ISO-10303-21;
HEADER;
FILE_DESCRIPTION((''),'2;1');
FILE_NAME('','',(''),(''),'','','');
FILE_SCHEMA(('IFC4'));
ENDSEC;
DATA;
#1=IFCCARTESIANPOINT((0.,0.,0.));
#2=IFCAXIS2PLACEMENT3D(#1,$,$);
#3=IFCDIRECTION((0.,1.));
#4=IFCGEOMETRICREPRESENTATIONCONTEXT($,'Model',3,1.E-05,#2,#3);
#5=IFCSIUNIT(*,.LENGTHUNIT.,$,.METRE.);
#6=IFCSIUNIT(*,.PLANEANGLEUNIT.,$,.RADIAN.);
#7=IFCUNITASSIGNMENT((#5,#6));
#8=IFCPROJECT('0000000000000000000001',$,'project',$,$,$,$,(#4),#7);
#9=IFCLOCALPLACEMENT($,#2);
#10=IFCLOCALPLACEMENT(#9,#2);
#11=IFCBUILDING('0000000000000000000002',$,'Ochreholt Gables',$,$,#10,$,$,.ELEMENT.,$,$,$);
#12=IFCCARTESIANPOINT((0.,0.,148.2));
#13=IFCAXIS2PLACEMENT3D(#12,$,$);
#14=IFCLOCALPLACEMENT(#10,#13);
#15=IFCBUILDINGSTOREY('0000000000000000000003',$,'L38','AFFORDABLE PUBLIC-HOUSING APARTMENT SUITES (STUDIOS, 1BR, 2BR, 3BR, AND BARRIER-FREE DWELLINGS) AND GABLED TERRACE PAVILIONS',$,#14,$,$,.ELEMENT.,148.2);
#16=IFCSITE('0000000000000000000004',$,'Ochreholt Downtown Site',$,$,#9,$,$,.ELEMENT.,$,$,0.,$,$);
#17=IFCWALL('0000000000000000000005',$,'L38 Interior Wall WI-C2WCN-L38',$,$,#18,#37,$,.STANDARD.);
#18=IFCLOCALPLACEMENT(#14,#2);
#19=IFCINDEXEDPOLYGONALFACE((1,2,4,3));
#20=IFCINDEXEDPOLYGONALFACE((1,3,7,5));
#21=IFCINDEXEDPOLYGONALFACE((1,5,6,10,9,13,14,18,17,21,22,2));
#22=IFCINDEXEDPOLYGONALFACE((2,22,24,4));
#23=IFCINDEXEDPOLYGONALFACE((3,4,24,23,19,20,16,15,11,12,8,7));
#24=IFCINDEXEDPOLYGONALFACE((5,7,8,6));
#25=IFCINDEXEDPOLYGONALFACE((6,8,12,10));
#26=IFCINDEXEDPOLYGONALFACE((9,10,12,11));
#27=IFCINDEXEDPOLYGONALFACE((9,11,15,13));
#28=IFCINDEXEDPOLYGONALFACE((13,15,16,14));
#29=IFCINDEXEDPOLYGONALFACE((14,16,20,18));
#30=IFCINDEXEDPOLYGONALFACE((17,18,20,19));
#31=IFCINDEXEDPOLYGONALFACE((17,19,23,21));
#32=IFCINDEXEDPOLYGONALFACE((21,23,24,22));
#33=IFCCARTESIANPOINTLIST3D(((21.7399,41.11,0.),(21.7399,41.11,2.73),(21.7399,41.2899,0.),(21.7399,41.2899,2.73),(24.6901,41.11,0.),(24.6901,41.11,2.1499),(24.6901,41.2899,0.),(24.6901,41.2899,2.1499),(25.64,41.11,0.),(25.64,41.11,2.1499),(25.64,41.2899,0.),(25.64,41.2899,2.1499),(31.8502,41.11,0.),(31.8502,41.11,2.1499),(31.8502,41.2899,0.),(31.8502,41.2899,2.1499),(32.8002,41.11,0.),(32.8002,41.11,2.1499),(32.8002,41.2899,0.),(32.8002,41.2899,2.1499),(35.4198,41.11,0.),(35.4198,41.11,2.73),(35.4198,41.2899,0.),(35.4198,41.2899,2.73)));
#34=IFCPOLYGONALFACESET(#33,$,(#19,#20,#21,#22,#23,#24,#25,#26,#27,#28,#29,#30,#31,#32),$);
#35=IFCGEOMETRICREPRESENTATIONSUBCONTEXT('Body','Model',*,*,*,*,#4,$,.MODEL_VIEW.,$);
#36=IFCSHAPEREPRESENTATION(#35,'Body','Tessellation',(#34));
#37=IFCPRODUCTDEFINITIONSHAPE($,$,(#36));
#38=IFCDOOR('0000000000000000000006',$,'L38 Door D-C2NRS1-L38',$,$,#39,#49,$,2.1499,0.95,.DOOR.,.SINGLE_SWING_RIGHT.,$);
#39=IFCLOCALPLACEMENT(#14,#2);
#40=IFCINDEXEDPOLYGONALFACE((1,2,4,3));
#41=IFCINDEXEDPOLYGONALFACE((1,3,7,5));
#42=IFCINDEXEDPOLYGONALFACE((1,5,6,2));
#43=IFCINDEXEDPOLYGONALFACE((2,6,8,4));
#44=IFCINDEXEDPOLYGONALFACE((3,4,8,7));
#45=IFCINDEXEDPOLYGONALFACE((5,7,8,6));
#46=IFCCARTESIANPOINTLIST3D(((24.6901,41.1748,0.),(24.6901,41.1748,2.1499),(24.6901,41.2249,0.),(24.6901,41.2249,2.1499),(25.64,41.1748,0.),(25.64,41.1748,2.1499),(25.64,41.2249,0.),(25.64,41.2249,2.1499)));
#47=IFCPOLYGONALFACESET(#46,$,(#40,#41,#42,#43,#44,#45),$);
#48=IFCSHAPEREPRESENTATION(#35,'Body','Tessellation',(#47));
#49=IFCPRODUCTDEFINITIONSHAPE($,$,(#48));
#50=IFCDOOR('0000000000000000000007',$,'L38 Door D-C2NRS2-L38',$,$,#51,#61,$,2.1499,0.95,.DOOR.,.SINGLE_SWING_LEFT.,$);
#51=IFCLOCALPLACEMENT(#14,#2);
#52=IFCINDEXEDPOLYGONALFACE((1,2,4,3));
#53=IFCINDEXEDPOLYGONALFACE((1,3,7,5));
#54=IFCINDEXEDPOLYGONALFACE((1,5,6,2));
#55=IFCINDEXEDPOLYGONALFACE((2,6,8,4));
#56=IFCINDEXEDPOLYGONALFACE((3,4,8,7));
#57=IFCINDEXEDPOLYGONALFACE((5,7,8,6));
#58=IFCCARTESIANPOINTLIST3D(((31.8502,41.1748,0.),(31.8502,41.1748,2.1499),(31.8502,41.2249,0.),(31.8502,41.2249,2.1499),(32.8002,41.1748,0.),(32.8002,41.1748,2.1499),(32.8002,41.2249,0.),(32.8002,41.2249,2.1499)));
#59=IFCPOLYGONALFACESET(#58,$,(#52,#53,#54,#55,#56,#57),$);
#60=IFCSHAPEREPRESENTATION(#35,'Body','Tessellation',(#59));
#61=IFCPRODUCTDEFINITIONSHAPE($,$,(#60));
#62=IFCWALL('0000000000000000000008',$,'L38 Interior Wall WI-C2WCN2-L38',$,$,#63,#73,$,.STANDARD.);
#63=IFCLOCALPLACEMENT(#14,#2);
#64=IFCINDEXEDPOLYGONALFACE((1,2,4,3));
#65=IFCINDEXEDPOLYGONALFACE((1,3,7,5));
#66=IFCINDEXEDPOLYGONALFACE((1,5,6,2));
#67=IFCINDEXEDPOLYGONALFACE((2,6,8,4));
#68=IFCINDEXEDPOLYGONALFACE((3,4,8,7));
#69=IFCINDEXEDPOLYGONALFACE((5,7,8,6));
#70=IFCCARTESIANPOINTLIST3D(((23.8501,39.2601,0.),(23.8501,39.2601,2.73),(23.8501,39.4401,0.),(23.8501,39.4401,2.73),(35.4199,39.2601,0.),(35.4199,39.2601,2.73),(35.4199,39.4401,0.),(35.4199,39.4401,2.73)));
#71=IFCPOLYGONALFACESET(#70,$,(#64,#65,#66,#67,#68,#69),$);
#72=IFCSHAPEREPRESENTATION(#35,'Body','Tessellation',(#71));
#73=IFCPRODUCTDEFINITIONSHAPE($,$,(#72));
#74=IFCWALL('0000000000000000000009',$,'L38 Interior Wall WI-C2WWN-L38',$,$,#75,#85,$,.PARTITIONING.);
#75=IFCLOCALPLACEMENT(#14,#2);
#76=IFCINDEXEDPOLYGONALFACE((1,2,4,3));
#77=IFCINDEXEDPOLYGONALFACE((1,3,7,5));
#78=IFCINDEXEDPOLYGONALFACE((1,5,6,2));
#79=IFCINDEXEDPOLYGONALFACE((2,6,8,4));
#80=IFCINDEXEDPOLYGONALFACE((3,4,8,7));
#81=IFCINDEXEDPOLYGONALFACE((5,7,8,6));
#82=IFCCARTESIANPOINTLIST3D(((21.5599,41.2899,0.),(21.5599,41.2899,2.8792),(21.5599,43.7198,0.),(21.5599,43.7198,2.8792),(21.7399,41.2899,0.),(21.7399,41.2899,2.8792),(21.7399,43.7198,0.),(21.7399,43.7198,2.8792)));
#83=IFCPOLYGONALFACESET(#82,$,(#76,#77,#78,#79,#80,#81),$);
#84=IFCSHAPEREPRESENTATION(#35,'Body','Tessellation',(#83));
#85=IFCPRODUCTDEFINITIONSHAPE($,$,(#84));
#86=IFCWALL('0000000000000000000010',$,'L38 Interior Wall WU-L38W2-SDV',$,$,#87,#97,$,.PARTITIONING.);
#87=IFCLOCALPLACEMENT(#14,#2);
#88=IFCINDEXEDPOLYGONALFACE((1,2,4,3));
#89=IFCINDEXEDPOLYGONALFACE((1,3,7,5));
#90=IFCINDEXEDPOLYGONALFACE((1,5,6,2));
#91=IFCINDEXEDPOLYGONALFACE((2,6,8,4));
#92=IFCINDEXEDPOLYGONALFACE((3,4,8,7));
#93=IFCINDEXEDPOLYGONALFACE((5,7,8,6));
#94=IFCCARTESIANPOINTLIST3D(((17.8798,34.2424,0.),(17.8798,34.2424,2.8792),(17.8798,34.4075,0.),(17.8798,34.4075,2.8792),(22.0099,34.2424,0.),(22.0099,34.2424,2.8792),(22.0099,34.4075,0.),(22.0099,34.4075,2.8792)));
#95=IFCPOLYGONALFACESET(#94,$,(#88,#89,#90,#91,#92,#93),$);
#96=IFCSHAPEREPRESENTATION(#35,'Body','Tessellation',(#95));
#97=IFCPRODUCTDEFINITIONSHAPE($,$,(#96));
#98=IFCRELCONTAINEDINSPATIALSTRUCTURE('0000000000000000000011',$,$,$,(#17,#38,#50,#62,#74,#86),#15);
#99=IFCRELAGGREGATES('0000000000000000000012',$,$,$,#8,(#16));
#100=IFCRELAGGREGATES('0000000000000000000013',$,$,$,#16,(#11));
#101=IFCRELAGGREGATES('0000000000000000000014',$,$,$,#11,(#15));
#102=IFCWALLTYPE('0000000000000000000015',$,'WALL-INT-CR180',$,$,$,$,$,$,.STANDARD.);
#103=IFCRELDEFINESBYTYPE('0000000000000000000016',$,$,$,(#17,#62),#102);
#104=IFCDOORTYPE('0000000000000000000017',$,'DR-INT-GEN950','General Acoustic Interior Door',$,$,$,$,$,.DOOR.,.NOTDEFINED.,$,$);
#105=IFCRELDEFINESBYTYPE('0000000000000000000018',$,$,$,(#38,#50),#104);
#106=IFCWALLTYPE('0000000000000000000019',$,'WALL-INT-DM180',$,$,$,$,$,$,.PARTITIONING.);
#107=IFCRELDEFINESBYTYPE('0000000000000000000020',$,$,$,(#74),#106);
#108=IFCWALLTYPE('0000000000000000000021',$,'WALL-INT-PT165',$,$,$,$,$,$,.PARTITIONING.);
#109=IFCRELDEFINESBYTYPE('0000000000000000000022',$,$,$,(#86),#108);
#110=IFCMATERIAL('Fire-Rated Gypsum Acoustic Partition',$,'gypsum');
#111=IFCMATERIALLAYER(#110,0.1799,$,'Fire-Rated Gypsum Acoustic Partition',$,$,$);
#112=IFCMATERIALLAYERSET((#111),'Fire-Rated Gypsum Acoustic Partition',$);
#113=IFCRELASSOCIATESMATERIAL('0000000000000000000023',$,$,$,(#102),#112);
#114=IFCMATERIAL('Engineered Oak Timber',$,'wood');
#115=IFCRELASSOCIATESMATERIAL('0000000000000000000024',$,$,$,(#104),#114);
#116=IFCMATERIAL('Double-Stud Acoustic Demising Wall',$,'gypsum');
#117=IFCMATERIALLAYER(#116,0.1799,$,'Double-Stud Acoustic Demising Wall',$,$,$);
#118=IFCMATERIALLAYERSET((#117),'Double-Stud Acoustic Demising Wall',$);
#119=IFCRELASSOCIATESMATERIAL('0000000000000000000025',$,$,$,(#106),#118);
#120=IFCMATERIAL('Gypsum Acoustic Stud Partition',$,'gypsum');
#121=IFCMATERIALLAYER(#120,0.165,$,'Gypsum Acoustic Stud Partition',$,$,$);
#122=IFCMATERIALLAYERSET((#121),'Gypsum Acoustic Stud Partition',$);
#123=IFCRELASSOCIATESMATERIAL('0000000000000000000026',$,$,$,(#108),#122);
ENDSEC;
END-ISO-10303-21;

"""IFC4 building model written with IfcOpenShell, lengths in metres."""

from ifc_helpers import new_model, si_unit, direction, frame, frame_2d, origin, place, context, subcontext, project, spatial, rectangle, extrude, material, layer, layer_set, type_object, element, fill, save


model = new_model("IFC4")

# Units and contexts
model_context = context("Model", 3, precision=1e-05, world=origin(), true_north=direction((0.0, 1.0)))
body_context = subcontext(model_context, "Body", "Model", "MODEL_VIEW")
ifc_project = project(units=[si_unit("LENGTHUNIT", "METRE"), si_unit("PLANEANGLEUNIT", "RADIAN")], contexts=[model_context])

# Site, building, storey
site_placement = place(None, origin())
site = spatial("IfcSite", under=ifc_project, at=site_placement, Name="Ochreholt Downtown Site", CompositionType="ELEMENT", RefElevation=0.0)
building_placement = place(site_placement, origin())
building = spatial("IfcBuilding", under=site, at=building_placement, Name="Ochreholt Gables", CompositionType="ELEMENT")
storey_placement = place(building_placement, frame((0.0, 0.0, 148.2)))
storey = spatial("IfcBuildingStorey", under=building, at=storey_placement, Name="L38", Description="AFFORDABLE PUBLIC-HOUSING APARTMENT SUITES (STUDIOS, 1BR, 2BR, 3BR, AND BARRIER-FREE DWELLINGS) AND GABLED TERRACE PAVILIONS", CompositionType="ELEMENT", Elevation=148.2)

# Wall, openings, doors
ifc_material_1 = material(Name="Fire-Rated Gypsum Acoustic Partition", Category="gypsum")
ifc_layer_1 = layer(ifc_material_1, 0.1799, Name="Fire-Rated Gypsum Acoustic Partition")
ifc_layer_set_1 = layer_set([ifc_layer_1], Name="Fire-Rated Gypsum Acoustic Partition")
wall_type_1 = type_object("IfcWallType", Name="WALL-INT-CR180", PredefinedType="STANDARD", material=ifc_layer_set_1)
wall_1_placement = place(storey_placement, frame((21.74, 41.2, 0.0), z_axis=(0.0, 0.0, 1.0), x_axis=(1.0, 0.0, 0.0)))
wall_1 = element("IfcWall", 1, at=wall_1_placement, inside=storey, type_object=wall_type_1, Name="L38 Interior Wall WI-C2WCN-L38", PredefinedType="STANDARD", context=body_context, shape_type="SweptSolid", body=[
    extrude(rectangle(XDim=13.6799, YDim=0.1799, at=frame_2d((6.8398, 0.0))), origin(), (0.0, 0.0, 1.0), 2.73),
])
opening_1_placement = place(wall_1_placement, frame((2.95, 0.0, 0.0)))
opening_1 = element("IfcOpeningElement", 2, at=opening_1_placement, cuts=wall_1, PredefinedType="OPENING", context=body_context, shape_type="SweptSolid", body=[
    extrude(rectangle(XDim=0.95, YDim=2.1499, at=frame_2d((0.4751, 1.075))), frame((0.0, 0.0999, 0.0), z_axis=(0.0, -1.0, 0.0), x_axis=(1.0, 0.0, 0.0)), (0.0, 0.0, 1.0), 0.2),
])
opening_2_placement = place(wall_1_placement, frame((10.1101, 0.0, 0.0)))
opening_2 = element("IfcOpeningElement", 3, at=opening_2_placement, cuts=wall_1, PredefinedType="OPENING", context=body_context, shape_type="SweptSolid", body=[
    extrude(rectangle(XDim=0.95, YDim=2.1499, at=frame_2d((0.4751, 1.075))), frame((0.0, 0.0999, 0.0), z_axis=(0.0, -1.0, 0.0), x_axis=(1.0, 0.0, 0.0)), (0.0, 0.0, 1.0), 0.2),
])
ifc_material_2 = material(Name="Engineered Oak Timber", Category="wood")
door_type = type_object("IfcDoorType", Name="DR-INT-GEN950", Description="General Acoustic Interior Door", OperationType="NOTDEFINED", PredefinedType="DOOR", material=ifc_material_2)
door_1_placement = place(opening_1_placement, origin())
door_1 = element("IfcDoor", 4, at=door_1_placement, inside=storey, type_object=door_type, Name="L38 Door D-C2NRS1-L38", OperationType="SINGLE_SWING_RIGHT", OverallHeight=2.1499, OverallWidth=0.95, PredefinedType="DOOR", context=body_context, shape_type="SweptSolid", body=[
    extrude(rectangle(XDim=0.95, YDim=2.1499, at=frame_2d((0.4751, 1.075))), frame((0.0, 0.0249, 0.0), z_axis=(0.0, -1.0, 0.0), x_axis=(1.0, 0.0, 0.0)), (0.0, 0.0, 1.0), 0.05),
])
fill(opening_1, door_1)
door_2_placement = place(opening_2_placement, origin())
door_2 = element("IfcDoor", 5, at=door_2_placement, inside=storey, type_object=door_type, Name="L38 Door D-C2NRS2-L38", OperationType="SINGLE_SWING_LEFT", OverallHeight=2.1499, OverallWidth=0.95, PredefinedType="DOOR", context=body_context, shape_type="SweptSolid", body=[
    extrude(rectangle(XDim=0.95, YDim=2.1499, at=frame_2d((0.4751, 1.075))), frame((0.0, 0.0249, 0.0), z_axis=(0.0, -1.0, 0.0), x_axis=(1.0, 0.0, 0.0)), (0.0, 0.0, 1.0), 0.05),
])
fill(opening_2, door_2)

# Walls
wall_2_placement = place(storey_placement, frame((23.8501, 39.3501, 0.0), z_axis=(0.0, 0.0, 1.0), x_axis=(1.0, 0.0, 0.0)))
element("IfcWall", 6, at=wall_2_placement, inside=storey, type_object=wall_type_1, Name="L38 Interior Wall WI-C2WCN2-L38", PredefinedType="STANDARD", context=body_context, shape_type="SweptSolid", body=[
    extrude(rectangle(XDim=11.5698, YDim=0.1799, at=frame_2d((5.7849, 0.0))), origin(), (0.0, 0.0, 1.0), 2.73),
])
ifc_material_3 = material(Name="Double-Stud Acoustic Demising Wall", Category="gypsum")
ifc_layer_2 = layer(ifc_material_3, 0.1799, Name="Double-Stud Acoustic Demising Wall")
ifc_layer_set_2 = layer_set([ifc_layer_2], Name="Double-Stud Acoustic Demising Wall")
wall_type_2 = type_object("IfcWallType", Name="WALL-INT-DM180", PredefinedType="PARTITIONING", material=ifc_layer_set_2)
wall_3_placement = place(storey_placement, frame((21.6499, 41.29, 0.0), z_axis=(0.0, 0.0, 1.0), x_axis=(0.0, 1.0, 0.0)))
element("IfcWall", 7, at=wall_3_placement, inside=storey, type_object=wall_type_2, Name="L38 Interior Wall WI-C2WWN-L38", PredefinedType="PARTITIONING", context=body_context, shape_type="SweptSolid", body=[
    extrude(rectangle(XDim=2.4299, YDim=0.1799, at=frame_2d((1.2148, 0.0))), origin(), (0.0, 0.0, 1.0), 2.8792),
])
ifc_material_4 = material(Name="Gypsum Acoustic Stud Partition", Category="gypsum")
ifc_layer_3 = layer(ifc_material_4, 0.165, Name="Gypsum Acoustic Stud Partition")
ifc_layer_set_3 = layer_set([ifc_layer_3], Name="Gypsum Acoustic Stud Partition")
wall_type_3 = type_object("IfcWallType", Name="WALL-INT-PT165", PredefinedType="PARTITIONING", material=ifc_layer_set_3)
wall_4_placement = place(storey_placement, frame((17.8799, 34.325, 0.0), z_axis=(0.0, 0.0, 1.0), x_axis=(1.0, 0.0, 0.0)))
element("IfcWall", 8, at=wall_4_placement, inside=storey, type_object=wall_type_3, Name="L38 Interior Wall WU-L38W2-SDV", PredefinedType="PARTITIONING", context=body_context, shape_type="SweptSolid", body=[
    extrude(rectangle(XDim=4.1301, YDim=0.165, at=frame_2d((2.0649, 0.0))), origin(), (0.0, 0.0, 1.0), 2.8792),
])

save(model, "model.ifc")
